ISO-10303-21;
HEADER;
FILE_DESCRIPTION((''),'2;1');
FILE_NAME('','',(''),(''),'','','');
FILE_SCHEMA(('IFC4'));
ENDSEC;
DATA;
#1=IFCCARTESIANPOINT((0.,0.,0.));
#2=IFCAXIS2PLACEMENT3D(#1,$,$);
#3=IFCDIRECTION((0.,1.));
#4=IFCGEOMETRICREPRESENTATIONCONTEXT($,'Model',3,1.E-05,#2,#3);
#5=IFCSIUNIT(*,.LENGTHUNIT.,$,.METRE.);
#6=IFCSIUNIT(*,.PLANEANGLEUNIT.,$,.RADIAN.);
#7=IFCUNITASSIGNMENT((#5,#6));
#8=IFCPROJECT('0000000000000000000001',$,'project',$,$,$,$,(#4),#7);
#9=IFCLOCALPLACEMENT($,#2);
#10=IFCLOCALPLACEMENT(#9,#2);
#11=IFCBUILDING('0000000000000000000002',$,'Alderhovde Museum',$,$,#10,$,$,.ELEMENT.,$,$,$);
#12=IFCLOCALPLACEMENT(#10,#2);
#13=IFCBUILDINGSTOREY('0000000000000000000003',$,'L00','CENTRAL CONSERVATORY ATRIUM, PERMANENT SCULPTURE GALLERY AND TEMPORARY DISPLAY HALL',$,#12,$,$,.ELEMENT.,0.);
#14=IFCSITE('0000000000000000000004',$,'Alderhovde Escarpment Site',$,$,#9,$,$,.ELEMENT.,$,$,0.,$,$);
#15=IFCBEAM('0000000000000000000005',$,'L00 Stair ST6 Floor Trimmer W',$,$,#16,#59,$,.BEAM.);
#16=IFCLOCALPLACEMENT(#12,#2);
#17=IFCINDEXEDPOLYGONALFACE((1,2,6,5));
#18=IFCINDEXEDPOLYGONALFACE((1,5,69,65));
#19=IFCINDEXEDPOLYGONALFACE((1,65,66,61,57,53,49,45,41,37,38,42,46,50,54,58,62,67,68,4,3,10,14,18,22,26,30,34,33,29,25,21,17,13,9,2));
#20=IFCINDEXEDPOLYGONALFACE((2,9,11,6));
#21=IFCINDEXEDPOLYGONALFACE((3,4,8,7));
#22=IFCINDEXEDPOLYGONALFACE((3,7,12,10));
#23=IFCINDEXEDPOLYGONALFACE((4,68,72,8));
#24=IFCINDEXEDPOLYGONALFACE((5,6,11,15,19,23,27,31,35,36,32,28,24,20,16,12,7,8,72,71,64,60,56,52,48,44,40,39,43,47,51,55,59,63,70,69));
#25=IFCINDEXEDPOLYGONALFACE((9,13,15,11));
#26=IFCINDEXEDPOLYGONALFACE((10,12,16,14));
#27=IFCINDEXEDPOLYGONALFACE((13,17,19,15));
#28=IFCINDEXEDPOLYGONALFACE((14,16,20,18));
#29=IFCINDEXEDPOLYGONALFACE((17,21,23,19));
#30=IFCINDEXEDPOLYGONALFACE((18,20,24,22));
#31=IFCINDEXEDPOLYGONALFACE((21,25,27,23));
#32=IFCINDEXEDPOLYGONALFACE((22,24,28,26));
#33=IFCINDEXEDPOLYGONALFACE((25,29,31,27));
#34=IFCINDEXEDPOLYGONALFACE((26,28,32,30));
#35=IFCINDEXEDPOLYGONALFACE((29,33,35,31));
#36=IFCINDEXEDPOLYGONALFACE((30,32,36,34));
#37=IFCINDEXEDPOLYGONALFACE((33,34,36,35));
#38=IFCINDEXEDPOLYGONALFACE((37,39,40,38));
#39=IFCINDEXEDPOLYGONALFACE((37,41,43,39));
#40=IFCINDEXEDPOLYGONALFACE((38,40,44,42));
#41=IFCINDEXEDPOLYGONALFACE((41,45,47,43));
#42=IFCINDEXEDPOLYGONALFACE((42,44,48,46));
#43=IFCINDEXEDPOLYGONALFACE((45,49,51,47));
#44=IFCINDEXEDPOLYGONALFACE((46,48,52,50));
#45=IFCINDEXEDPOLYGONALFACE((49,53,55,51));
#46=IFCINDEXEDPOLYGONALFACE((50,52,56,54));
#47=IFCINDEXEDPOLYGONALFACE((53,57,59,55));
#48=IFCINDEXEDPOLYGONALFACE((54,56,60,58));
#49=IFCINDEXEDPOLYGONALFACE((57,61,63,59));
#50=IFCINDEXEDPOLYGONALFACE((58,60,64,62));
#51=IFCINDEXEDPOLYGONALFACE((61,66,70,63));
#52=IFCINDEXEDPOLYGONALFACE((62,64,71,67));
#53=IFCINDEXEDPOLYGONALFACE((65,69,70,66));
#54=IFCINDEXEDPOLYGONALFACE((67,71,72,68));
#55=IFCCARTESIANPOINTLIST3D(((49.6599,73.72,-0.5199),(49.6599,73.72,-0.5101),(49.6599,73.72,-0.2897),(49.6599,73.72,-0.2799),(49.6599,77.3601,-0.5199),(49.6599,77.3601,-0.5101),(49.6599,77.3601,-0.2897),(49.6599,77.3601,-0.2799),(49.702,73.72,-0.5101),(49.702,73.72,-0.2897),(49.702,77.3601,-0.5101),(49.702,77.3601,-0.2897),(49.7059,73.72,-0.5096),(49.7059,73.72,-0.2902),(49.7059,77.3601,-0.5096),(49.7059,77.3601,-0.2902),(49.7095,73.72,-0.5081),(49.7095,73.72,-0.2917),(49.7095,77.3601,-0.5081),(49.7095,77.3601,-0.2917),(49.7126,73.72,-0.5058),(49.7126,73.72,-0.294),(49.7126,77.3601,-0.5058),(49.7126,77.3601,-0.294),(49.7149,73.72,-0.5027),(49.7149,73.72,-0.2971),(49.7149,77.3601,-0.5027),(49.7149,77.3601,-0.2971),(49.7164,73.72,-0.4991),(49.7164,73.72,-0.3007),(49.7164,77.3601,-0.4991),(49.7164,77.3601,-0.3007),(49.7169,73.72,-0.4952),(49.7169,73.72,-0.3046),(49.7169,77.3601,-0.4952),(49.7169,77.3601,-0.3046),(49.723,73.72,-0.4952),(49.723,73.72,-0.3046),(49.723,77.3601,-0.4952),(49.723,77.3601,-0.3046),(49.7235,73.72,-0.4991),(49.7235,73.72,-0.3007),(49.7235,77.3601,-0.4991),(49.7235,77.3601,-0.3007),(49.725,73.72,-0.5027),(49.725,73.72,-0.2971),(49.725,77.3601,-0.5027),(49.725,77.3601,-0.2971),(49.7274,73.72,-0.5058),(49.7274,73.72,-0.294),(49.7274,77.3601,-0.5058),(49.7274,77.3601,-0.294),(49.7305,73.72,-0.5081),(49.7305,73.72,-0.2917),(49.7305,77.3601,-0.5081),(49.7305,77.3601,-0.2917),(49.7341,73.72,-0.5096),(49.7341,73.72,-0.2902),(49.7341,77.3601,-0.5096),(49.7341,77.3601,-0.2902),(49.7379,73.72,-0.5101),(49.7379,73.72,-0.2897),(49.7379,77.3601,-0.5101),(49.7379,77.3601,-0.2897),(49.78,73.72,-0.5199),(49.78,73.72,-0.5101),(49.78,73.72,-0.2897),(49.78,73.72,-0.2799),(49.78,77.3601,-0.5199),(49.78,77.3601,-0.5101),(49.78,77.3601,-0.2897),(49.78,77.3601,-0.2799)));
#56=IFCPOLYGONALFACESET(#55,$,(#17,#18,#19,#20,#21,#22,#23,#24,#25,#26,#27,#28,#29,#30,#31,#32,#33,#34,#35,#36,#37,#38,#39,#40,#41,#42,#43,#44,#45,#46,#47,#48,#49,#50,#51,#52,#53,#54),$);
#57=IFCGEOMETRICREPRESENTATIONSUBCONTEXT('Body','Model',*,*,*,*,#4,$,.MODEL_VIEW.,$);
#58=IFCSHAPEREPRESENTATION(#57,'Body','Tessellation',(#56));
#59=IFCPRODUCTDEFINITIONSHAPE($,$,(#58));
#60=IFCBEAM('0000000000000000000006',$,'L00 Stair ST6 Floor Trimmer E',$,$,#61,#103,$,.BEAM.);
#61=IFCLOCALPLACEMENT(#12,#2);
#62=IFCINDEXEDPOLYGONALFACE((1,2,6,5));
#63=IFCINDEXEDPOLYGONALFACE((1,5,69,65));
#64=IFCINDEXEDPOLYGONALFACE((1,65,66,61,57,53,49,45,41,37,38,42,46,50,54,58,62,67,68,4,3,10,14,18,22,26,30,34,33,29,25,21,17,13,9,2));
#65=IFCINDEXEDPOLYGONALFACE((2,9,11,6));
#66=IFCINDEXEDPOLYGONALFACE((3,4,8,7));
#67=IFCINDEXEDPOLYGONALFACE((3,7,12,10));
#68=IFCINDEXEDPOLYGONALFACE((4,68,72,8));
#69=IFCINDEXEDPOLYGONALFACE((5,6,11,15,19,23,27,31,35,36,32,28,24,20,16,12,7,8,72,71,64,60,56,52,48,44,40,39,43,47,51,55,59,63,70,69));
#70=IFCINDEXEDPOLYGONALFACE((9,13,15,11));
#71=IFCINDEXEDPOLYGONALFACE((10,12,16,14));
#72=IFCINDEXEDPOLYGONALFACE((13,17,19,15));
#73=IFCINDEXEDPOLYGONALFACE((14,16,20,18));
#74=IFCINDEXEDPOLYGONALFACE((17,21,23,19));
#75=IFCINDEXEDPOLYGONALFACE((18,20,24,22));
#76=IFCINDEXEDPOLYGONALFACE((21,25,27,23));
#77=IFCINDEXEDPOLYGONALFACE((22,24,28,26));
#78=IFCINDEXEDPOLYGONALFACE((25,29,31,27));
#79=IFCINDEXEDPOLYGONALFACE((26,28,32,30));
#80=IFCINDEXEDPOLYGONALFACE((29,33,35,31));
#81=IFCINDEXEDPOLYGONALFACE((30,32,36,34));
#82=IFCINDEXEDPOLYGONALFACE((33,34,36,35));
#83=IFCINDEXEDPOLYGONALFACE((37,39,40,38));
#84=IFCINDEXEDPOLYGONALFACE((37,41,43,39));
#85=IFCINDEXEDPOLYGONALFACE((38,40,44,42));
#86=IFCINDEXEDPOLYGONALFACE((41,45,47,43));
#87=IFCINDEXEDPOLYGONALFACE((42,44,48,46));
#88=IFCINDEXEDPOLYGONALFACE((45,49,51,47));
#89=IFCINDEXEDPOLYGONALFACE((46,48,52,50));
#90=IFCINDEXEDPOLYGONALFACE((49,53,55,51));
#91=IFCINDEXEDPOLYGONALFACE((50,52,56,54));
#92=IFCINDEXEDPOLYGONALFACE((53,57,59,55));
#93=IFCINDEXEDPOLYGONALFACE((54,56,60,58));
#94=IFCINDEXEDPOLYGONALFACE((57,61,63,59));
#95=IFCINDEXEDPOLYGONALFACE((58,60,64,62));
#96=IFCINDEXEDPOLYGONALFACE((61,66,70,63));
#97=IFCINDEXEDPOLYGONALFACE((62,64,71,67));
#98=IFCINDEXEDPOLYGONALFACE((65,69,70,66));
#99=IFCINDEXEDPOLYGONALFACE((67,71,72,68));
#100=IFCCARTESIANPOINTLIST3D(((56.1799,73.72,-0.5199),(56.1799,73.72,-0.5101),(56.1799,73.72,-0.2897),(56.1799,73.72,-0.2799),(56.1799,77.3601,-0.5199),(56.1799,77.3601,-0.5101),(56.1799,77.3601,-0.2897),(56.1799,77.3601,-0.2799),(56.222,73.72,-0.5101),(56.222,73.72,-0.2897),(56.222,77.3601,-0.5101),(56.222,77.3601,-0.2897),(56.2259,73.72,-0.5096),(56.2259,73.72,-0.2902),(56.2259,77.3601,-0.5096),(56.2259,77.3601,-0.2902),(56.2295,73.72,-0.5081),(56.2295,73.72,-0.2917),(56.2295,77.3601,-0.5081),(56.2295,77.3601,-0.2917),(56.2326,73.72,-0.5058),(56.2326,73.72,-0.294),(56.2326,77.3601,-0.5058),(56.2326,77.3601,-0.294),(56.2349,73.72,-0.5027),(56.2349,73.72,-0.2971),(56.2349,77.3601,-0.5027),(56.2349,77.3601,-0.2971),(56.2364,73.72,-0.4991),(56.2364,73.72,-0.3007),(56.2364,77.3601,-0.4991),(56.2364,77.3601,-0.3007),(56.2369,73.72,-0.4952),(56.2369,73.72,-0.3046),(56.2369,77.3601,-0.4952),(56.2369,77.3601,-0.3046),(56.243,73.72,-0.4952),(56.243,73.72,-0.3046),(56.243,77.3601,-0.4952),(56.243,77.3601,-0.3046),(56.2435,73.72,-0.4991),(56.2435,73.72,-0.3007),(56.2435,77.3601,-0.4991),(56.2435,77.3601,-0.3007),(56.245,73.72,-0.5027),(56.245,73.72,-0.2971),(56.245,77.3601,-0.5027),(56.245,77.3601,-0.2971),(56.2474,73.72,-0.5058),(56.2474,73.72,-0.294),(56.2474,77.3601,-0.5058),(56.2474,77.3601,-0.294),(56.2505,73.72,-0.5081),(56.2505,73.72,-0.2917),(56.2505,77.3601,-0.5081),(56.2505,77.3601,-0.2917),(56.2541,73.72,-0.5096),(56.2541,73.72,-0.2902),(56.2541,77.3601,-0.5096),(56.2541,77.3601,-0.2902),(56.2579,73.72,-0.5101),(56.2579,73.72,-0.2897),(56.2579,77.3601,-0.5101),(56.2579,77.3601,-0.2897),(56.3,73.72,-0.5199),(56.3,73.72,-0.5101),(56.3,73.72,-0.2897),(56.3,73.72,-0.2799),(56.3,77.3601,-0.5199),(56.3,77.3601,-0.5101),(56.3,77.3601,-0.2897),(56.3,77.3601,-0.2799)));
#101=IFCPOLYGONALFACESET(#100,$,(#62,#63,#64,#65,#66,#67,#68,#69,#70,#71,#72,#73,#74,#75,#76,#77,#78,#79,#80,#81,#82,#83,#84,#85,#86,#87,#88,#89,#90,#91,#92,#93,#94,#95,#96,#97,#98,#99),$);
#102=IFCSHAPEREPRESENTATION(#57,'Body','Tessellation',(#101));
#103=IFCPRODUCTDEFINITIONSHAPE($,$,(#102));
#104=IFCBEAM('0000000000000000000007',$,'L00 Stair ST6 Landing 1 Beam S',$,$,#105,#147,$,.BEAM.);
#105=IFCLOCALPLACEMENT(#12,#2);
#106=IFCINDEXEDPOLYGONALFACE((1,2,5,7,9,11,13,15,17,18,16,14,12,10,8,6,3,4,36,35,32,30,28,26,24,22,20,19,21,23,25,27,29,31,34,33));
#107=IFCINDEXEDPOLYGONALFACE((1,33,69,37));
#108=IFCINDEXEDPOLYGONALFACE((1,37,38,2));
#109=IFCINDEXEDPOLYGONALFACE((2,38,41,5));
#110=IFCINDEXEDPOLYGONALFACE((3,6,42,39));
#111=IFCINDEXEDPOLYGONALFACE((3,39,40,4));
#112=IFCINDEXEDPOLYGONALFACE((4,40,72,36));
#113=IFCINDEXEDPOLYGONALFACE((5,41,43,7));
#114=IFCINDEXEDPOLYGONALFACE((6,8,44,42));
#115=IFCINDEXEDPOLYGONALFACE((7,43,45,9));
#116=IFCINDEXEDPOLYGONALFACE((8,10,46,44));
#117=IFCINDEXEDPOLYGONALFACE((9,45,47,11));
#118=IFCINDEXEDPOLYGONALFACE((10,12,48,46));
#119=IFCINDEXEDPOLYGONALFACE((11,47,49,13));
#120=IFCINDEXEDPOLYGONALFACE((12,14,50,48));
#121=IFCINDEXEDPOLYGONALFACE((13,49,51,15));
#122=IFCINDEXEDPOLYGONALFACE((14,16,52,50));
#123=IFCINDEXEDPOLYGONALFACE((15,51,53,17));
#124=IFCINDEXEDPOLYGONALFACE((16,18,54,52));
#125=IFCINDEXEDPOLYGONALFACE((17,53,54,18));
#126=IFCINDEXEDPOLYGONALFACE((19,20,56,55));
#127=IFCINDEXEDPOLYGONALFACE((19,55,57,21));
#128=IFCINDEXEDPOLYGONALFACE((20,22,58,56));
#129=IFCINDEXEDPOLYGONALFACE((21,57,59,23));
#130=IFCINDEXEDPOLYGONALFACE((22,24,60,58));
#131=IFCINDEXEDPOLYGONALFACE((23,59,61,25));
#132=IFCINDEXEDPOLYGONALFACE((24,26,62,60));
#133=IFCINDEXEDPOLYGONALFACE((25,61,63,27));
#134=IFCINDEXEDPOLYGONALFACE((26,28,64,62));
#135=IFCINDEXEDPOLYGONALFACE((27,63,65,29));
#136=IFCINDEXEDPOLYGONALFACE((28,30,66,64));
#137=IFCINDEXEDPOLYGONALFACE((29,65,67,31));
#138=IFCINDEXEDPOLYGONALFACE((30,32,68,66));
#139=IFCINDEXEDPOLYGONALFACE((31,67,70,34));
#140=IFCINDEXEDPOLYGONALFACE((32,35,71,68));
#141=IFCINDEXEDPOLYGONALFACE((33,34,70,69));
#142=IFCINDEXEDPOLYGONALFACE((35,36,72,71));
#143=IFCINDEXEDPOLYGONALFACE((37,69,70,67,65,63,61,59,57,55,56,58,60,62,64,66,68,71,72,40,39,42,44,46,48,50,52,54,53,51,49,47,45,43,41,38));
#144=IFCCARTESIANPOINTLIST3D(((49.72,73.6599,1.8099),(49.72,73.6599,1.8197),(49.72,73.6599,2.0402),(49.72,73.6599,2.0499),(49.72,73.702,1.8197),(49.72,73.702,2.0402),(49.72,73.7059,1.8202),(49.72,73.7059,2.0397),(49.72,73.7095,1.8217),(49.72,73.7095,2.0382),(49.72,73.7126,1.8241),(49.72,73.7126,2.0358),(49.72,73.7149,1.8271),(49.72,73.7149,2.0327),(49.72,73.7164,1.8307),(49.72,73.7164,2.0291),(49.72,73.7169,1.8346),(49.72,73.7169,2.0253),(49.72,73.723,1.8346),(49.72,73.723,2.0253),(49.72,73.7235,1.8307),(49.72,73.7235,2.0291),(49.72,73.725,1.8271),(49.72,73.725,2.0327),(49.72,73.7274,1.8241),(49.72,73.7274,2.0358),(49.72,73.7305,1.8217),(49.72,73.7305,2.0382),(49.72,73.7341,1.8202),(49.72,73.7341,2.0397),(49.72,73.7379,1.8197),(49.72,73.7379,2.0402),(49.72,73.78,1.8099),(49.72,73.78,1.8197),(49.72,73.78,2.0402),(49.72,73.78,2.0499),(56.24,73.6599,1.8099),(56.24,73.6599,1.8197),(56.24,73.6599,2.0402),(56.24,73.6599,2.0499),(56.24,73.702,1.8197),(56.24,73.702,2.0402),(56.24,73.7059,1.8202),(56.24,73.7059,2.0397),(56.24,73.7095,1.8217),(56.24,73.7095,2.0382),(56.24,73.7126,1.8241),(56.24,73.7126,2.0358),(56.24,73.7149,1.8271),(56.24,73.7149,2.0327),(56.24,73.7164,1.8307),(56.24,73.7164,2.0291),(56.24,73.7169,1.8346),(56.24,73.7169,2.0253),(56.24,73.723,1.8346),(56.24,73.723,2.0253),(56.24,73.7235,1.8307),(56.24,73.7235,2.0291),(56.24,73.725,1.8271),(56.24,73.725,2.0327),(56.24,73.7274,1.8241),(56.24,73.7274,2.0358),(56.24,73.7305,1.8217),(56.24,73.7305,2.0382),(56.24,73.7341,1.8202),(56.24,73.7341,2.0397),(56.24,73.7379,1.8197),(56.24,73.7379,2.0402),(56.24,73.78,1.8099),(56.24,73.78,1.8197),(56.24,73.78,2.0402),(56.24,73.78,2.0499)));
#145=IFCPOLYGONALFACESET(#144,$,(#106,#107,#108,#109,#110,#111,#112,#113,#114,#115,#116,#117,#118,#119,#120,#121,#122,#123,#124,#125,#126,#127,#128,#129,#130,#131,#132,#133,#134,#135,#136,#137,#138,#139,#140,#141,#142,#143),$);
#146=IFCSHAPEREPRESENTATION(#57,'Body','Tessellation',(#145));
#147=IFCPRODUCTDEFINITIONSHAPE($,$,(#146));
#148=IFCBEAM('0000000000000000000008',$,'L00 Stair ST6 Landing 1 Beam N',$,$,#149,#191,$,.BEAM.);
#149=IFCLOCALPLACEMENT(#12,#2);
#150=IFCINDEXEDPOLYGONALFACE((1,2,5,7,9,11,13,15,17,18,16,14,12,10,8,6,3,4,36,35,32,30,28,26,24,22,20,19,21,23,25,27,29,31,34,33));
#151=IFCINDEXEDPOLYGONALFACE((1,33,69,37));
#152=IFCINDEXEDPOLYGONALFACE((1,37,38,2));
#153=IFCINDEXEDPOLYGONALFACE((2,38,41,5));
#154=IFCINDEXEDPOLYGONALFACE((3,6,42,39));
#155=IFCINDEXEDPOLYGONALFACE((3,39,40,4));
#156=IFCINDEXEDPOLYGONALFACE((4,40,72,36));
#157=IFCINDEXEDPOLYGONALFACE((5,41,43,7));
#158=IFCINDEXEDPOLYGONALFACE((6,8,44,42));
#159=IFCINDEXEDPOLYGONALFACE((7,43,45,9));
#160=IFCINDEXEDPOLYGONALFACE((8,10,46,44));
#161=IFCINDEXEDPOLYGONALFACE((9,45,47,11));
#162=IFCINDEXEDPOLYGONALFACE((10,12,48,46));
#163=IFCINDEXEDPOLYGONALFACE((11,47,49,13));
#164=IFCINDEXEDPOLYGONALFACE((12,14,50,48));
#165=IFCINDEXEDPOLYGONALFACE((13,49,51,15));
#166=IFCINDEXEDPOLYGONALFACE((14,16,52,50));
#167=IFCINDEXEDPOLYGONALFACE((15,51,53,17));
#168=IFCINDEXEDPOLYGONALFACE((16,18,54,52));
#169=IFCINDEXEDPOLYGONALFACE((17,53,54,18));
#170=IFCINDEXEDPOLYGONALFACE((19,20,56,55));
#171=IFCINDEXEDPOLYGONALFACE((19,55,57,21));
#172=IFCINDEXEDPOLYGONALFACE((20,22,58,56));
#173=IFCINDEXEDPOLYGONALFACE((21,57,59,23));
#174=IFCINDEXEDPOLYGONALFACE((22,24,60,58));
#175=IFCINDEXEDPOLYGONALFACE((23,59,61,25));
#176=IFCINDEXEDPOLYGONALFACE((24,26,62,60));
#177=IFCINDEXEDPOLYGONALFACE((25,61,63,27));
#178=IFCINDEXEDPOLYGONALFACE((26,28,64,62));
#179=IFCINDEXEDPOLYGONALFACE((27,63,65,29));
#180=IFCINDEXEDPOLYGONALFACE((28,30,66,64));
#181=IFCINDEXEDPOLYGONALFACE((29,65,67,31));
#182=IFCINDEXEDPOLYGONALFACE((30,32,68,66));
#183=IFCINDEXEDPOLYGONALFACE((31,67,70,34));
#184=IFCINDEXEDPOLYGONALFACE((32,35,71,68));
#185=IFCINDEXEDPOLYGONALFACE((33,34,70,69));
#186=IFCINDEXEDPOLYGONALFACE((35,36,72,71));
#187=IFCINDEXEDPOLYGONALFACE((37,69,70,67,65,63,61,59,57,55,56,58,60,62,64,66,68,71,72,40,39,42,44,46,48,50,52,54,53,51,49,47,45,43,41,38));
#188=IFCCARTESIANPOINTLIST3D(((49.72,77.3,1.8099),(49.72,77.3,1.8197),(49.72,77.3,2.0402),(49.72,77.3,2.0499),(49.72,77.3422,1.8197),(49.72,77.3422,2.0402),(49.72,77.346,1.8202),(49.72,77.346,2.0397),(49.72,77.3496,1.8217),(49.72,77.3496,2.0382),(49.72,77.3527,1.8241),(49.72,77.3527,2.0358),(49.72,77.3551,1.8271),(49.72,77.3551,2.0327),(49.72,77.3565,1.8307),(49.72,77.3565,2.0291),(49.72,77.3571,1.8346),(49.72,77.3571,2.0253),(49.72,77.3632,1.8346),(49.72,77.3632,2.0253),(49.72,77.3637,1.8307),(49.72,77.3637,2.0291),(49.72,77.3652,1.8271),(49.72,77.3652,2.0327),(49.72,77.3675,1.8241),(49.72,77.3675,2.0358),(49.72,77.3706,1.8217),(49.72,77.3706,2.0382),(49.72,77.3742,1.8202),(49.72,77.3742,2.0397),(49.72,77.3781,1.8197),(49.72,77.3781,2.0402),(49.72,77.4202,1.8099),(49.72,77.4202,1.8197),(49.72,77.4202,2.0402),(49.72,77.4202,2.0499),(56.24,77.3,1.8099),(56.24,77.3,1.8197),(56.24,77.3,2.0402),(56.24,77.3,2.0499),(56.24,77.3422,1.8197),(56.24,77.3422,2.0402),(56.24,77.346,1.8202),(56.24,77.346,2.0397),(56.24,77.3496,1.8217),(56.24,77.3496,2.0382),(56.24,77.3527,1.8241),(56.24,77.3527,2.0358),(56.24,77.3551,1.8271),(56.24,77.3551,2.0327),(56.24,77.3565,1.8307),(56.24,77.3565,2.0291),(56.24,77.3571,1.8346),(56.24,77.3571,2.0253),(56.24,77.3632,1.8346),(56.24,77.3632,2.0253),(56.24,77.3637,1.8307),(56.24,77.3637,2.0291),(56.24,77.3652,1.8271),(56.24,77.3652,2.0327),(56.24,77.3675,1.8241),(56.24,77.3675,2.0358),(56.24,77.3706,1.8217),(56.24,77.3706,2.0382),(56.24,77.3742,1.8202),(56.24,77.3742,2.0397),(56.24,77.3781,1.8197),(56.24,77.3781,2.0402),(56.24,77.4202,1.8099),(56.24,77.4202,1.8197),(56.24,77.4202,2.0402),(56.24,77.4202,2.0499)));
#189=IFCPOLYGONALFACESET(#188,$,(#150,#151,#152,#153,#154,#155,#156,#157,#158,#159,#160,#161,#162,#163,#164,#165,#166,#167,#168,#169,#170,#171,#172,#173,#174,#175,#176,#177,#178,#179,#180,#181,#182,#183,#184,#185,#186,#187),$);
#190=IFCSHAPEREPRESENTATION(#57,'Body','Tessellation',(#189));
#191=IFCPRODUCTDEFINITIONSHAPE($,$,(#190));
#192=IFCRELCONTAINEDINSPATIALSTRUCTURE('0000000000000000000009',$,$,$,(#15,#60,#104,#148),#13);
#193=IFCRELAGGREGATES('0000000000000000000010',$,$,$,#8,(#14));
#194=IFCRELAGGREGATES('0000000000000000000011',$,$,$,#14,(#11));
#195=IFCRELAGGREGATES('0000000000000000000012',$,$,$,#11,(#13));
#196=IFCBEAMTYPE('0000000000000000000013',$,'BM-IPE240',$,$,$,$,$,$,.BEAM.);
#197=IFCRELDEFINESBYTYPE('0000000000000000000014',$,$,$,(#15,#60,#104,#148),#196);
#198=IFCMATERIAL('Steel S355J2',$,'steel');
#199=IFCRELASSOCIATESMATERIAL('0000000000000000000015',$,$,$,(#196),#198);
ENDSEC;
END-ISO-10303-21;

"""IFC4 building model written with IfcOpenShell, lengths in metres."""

from ifc_helpers import new_model, si_unit, direction, frame, origin, origin_2d, place, context, subcontext, project, spatial, i_section, extrude, material, material_profile, profile_set, type_object, element, save


model = new_model("IFC4")

# Units and contexts
model_context = context("Model", 3, precision=1e-05, world=origin(), true_north=direction((0.0, 1.0)))
body_context = subcontext(model_context, "Body", "Model", "MODEL_VIEW")
ifc_project = project(units=[si_unit("LENGTHUNIT", "METRE"), si_unit("PLANEANGLEUNIT", "RADIAN")], contexts=[model_context])

# Site, building, storey
site_placement = place(None, origin())
site = spatial("IfcSite", under=ifc_project, at=site_placement, Name="Alderhovde Escarpment Site", CompositionType="ELEMENT", RefElevation=0.0)
building_placement = place(site_placement, origin())
building = spatial("IfcBuilding", under=site, at=building_placement, Name="Alderhovde Museum", CompositionType="ELEMENT")
storey_placement = place(building_placement, origin())
storey = spatial("IfcBuildingStorey", under=building, at=storey_placement, Name="L00", Description="CENTRAL CONSERVATORY ATRIUM, PERMANENT SCULPTURE GALLERY AND TEMPORARY DISPLAY HALL", CompositionType="ELEMENT", Elevation=0.0)

# Beams
ifc_material_1 = material(Name="Steel S355J2", Category="steel")
ifc_material_profile_1 = material_profile(ifc_material_1, i_section(OverallWidth=0.1201, OverallDepth=0.24, WebThickness=0.0061, FlangeThickness=0.0098, FilletRadius=0.0149, at=origin_2d()), Name="IPE 240")
ifc_profile_set_1 = profile_set([ifc_material_profile_1], Name="Steel S355J2")
beam_type = type_object("IfcBeamType", Name="BM-IPE240", PredefinedType="BEAM", material=ifc_profile_set_1)
for number, where, z_axis, x_axis, name in (
    (1, (49.72, 73.72, -0.3999), (0.0, 1.0, 0.0), (-1.0, 0.0, 0.0), "L00 Stair ST6 Floor Trimmer W"),
    (2, (56.24, 73.72, -0.3999), (0.0, 1.0, 0.0), (-1.0, 0.0, 0.0), "L00 Stair ST6 Floor Trimmer E"),
):
    element("IfcBeam", number, at=place(storey_placement, frame(where, z_axis=z_axis, x_axis=x_axis)), inside=storey, type_object=beam_type, Name=name, PredefinedType="BEAM", context=body_context, shape_type="SweptSolid", body=[
        extrude(i_section(OverallWidth=0.1201, OverallDepth=0.24, WebThickness=0.0061, FlangeThickness=0.0098, FilletRadius=0.0149, at=origin_2d()), origin(), (0.0, 0.0, 1.0), 3.6401),
    ])
for number, where, z_axis, x_axis, name in (
    (3, (49.72, 73.72, 1.9299), (1.0, 0.0, 0.0), (0.0, 1.0, 0.0), "L00 Stair ST6 Landing 1 Beam S"),
    (4, (49.72, 77.3601, 1.9299), (1.0, 0.0, 0.0), (0.0, 1.0, 0.0), "L00 Stair ST6 Landing 1 Beam N"),
):
    element("IfcBeam", number, at=place(storey_placement, frame(where, z_axis=z_axis, x_axis=x_axis)), inside=storey, type_object=beam_type, Name=name, PredefinedType="BEAM", context=body_context, shape_type="SweptSolid", body=[
        extrude(i_section(OverallWidth=0.1201, OverallDepth=0.24, WebThickness=0.0061, FlangeThickness=0.0098, FilletRadius=0.0149, at=origin_2d()), origin(), (0.0, 0.0, 1.0), 6.52),
    ])

save(model, "model.ifc")
